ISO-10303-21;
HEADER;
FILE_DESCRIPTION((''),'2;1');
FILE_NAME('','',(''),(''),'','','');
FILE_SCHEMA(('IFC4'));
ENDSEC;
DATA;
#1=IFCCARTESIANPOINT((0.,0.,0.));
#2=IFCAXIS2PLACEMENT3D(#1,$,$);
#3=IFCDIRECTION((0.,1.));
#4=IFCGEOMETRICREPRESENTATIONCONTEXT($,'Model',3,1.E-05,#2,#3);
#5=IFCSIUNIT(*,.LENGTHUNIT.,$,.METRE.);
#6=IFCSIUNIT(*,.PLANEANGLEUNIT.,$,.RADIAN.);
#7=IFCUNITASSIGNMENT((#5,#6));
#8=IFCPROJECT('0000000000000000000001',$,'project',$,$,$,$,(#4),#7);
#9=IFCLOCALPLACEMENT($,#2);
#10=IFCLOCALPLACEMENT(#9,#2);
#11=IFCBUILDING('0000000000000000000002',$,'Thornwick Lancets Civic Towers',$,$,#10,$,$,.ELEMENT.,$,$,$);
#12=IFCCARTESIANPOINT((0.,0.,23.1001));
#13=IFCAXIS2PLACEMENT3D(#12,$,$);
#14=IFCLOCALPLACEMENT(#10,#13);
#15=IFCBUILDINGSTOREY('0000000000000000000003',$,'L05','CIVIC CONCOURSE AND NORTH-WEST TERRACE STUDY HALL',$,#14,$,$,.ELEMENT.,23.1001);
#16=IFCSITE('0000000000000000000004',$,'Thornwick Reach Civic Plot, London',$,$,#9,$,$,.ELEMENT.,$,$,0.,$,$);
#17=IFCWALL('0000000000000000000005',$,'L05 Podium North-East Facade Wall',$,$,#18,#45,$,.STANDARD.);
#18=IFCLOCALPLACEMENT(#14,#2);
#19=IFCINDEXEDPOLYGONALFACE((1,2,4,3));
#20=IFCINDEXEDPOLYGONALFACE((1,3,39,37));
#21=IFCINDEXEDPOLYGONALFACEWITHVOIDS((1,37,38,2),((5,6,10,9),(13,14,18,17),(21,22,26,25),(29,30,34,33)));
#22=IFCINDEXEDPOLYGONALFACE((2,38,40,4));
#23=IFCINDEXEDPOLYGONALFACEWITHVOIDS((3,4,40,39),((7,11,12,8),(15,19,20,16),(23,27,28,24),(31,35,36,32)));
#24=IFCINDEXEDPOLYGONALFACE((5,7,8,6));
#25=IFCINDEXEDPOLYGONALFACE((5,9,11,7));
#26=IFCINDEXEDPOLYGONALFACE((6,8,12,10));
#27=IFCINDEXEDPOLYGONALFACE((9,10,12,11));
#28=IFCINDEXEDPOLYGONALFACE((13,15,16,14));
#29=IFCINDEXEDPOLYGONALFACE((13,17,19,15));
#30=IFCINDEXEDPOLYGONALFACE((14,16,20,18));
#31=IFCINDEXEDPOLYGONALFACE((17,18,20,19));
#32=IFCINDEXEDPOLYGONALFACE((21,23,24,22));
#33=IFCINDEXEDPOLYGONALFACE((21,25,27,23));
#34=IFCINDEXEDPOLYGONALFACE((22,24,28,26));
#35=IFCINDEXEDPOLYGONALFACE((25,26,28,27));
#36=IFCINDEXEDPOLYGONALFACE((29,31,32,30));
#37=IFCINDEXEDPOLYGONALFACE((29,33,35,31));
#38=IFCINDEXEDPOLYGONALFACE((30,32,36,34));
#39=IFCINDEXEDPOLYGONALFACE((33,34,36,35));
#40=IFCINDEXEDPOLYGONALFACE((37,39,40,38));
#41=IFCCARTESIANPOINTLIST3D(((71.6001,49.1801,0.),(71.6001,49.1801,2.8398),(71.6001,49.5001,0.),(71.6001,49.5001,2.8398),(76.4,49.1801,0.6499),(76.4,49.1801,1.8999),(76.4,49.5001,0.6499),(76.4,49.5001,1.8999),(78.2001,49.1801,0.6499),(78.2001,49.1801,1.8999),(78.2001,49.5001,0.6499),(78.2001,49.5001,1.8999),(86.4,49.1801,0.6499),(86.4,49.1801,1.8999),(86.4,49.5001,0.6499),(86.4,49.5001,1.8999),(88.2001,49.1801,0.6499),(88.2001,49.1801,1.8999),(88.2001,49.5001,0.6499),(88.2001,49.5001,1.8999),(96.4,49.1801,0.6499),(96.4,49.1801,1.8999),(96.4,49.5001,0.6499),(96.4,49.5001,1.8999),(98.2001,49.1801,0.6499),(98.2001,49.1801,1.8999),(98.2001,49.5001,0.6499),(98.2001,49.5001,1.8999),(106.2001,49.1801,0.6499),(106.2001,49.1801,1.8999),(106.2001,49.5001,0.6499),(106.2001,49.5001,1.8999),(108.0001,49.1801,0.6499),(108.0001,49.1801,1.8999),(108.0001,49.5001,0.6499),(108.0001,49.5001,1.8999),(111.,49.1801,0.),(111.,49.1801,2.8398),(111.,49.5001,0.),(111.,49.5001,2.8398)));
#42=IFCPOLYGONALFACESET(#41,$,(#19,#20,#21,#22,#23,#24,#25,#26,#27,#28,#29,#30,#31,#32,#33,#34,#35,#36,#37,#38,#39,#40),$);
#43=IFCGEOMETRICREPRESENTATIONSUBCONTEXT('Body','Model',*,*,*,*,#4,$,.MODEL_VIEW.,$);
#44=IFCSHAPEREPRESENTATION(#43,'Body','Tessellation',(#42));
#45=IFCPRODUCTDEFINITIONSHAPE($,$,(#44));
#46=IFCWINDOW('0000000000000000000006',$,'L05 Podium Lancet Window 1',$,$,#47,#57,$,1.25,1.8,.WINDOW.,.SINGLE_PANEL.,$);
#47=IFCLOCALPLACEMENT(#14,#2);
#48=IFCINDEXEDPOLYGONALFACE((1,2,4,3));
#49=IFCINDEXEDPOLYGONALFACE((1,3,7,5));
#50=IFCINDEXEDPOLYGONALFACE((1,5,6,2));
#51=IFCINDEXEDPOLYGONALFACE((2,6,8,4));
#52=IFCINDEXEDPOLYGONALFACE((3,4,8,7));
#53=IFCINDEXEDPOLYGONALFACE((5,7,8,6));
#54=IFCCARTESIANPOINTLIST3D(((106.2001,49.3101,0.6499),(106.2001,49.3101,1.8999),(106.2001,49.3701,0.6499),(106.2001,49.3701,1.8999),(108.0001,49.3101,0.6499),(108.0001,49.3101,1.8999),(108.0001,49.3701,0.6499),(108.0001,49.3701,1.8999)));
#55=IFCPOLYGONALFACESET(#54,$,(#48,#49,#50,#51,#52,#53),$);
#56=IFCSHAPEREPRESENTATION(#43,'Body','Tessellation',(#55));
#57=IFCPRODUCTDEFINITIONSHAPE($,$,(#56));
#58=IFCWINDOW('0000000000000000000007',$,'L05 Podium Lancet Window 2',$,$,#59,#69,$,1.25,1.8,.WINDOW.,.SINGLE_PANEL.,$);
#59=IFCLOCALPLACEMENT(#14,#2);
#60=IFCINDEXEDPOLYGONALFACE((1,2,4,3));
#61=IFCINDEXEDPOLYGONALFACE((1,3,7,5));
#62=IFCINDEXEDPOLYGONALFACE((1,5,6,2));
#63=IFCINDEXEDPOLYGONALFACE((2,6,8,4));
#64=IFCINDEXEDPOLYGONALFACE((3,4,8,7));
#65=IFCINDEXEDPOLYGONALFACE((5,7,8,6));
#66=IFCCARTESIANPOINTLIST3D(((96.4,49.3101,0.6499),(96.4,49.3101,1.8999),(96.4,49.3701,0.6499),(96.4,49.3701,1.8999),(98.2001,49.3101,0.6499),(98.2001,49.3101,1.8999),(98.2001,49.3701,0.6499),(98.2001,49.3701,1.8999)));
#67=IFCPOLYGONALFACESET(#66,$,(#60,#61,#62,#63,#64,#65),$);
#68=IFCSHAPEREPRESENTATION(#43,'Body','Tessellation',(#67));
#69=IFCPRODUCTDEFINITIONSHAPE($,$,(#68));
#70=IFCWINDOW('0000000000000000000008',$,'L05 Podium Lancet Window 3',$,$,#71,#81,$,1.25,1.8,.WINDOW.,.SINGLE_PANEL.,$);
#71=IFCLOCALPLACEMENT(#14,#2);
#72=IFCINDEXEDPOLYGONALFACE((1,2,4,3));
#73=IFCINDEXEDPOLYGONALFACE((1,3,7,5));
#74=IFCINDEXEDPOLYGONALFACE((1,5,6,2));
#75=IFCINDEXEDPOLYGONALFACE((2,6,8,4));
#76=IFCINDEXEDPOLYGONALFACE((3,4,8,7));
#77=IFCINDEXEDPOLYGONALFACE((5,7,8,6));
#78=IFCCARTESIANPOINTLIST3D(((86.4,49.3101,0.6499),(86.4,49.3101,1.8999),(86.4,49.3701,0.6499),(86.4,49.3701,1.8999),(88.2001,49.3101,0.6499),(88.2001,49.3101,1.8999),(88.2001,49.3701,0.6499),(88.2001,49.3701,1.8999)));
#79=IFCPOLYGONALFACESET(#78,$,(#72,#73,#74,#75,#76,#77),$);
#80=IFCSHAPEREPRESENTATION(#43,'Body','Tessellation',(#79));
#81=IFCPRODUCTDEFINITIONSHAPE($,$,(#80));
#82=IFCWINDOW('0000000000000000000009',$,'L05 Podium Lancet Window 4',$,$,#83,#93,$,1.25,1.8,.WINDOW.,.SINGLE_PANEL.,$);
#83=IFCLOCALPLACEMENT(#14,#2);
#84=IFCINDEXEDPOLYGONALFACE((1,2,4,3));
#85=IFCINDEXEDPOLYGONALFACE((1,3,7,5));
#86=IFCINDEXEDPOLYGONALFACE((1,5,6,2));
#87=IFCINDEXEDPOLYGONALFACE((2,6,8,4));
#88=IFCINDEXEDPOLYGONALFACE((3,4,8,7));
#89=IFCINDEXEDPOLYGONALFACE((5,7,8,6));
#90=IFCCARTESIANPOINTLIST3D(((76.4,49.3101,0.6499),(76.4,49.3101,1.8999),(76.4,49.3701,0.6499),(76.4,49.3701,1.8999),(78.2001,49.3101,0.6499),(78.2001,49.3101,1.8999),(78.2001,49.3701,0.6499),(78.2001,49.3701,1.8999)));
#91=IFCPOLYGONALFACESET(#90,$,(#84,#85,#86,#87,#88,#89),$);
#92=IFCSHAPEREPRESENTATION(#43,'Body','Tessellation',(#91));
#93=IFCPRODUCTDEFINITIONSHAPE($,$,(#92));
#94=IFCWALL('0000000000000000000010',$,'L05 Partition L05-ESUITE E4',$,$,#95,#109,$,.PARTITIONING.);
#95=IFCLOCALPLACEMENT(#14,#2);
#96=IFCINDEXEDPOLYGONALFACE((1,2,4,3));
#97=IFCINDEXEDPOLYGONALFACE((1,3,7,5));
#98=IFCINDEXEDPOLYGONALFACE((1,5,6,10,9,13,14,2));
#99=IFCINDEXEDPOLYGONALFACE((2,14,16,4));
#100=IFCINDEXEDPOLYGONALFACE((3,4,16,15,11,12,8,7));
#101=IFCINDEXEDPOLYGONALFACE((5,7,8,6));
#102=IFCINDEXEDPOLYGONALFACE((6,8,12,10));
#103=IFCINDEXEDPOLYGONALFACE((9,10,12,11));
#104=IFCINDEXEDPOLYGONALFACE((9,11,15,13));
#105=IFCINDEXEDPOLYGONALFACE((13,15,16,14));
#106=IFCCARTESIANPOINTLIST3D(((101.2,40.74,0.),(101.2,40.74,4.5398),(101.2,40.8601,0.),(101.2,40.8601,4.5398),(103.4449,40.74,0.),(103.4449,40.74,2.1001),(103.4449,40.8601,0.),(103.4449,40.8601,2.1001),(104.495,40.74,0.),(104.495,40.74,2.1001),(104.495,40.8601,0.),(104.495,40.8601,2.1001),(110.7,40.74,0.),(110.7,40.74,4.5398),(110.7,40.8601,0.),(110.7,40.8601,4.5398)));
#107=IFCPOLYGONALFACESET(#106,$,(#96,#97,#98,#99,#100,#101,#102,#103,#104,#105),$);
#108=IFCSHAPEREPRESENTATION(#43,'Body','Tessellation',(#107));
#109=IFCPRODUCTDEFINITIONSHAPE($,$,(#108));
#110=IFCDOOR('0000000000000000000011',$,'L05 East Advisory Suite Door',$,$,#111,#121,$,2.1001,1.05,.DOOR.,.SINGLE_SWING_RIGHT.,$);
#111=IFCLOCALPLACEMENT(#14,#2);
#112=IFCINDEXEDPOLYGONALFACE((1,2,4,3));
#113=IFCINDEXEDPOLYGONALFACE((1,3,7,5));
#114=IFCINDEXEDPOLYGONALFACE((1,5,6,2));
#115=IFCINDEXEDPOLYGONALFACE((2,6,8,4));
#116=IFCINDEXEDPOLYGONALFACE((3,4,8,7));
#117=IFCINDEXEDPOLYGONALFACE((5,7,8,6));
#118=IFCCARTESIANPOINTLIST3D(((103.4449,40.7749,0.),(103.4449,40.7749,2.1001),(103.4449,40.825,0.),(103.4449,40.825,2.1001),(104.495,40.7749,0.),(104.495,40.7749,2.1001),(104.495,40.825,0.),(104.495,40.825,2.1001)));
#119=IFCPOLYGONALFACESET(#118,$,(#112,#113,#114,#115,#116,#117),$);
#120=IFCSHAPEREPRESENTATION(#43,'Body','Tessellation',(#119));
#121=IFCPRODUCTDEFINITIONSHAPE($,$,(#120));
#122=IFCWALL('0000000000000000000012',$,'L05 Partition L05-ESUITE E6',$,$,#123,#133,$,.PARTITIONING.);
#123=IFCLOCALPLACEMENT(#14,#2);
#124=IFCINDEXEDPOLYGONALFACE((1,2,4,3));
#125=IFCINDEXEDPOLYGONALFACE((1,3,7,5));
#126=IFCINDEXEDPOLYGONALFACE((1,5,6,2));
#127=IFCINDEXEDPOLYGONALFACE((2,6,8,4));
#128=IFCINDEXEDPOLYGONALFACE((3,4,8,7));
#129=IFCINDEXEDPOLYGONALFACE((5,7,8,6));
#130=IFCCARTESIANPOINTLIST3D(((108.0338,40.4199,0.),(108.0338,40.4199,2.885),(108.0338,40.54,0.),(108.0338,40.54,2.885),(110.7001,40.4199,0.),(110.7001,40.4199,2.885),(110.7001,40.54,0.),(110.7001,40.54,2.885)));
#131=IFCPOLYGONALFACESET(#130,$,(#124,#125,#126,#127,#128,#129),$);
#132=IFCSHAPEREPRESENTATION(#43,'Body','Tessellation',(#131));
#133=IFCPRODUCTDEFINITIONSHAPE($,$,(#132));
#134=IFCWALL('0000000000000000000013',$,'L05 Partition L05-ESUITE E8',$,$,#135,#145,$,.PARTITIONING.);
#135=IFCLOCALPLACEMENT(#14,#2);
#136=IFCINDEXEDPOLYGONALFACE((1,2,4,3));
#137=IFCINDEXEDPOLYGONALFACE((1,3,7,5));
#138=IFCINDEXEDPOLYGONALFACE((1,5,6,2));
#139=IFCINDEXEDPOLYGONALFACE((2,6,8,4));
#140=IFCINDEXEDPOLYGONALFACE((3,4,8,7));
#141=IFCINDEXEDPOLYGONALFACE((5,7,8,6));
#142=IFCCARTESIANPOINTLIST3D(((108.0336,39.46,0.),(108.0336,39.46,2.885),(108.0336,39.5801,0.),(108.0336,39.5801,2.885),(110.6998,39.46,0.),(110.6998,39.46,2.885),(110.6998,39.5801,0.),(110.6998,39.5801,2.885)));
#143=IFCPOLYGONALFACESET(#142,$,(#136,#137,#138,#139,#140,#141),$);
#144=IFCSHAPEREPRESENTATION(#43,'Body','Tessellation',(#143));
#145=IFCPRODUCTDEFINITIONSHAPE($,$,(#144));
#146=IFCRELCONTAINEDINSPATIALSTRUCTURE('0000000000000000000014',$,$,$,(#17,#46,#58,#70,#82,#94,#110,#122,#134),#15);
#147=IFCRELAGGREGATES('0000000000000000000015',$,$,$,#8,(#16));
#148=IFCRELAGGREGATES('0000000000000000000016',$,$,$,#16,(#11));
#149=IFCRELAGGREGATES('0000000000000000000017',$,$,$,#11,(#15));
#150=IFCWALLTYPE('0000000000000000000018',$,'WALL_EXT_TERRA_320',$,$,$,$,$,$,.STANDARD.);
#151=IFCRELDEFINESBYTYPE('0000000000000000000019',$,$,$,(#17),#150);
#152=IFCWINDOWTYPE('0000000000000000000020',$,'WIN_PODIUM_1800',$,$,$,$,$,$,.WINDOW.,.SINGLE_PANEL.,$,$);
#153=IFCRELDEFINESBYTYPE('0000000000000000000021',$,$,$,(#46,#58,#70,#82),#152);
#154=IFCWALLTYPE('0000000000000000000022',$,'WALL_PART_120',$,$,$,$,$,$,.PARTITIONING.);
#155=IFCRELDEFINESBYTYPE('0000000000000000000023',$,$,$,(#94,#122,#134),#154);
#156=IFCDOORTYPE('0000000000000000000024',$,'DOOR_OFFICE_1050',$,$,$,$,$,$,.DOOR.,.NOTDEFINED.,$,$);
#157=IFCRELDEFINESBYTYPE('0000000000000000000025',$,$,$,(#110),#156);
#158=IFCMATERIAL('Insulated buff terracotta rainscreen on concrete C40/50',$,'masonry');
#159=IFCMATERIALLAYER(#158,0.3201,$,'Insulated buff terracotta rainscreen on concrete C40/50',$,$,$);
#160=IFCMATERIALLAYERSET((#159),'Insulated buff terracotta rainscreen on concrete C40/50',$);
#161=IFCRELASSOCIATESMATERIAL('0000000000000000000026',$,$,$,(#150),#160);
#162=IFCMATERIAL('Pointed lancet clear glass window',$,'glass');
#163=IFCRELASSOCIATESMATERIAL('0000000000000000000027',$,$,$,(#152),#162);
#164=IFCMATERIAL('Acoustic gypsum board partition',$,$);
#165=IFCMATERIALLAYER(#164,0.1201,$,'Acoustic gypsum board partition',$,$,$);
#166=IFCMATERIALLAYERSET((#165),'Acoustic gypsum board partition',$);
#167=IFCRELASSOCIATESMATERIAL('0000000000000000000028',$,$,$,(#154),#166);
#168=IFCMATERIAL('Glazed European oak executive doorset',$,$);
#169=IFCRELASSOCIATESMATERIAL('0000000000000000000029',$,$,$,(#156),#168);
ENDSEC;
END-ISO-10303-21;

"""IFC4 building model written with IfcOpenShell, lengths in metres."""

from ifc_helpers import new_model, si_unit, direction, frame, frame_2d, origin, place, context, subcontext, project, spatial, rectangle, extrude, material, layer, layer_set, type_object, element, fill, save


model = new_model("IFC4")

# Units and contexts
model_context = context("Model", 3, precision=1e-05, world=origin(), true_north=direction((0.0, 1.0)))
body_context = subcontext(model_context, "Body", "Model", "MODEL_VIEW")
ifc_project = project(units=[si_unit("LENGTHUNIT", "METRE"), si_unit("PLANEANGLEUNIT", "RADIAN")], contexts=[model_context])

# Site, building, storey
site_placement = place(None, origin())
site = spatial("IfcSite", under=ifc_project, at=site_placement, Name="Thornwick Reach Civic Plot, London", CompositionType="ELEMENT", RefElevation=0.0)
building_placement = place(site_placement, origin())
building = spatial("IfcBuilding", under=site, at=building_placement, Name="Thornwick Lancets Civic Towers", CompositionType="ELEMENT")
storey_placement = place(building_placement, frame((0.0, 0.0, 23.1001)))
storey = spatial("IfcBuildingStorey", under=building, at=storey_placement, Name="L05", Description="CIVIC CONCOURSE AND NORTH-WEST TERRACE STUDY HALL", CompositionType="ELEMENT", Elevation=23.1001)

# Wall, openings, windows
ifc_material_1 = material(Name="Insulated buff terracotta rainscreen on concrete C40/50", Category="masonry")
ifc_layer_1 = layer(ifc_material_1, 0.3201, Name="Insulated buff terracotta rainscreen on concrete C40/50")
ifc_layer_set_1 = layer_set([ifc_layer_1], Name="Insulated buff terracotta rainscreen on concrete C40/50")
wall_type_1 = type_object("IfcWallType", Name="WALL_EXT_TERRA_320", PredefinedType="STANDARD", material=ifc_layer_set_1)
wall_1_placement = place(storey_placement, frame((111.0, 49.3401, 0.0), z_axis=(0.0, 0.0, 1.0), x_axis=(-1.0, 0.0, 0.0)))
wall_1 = element("IfcWall", 1, at=wall_1_placement, inside=storey, type_object=wall_type_1, Name="L05 Podium North-East Facade Wall", PredefinedType="STANDARD", context=body_context, shape_type="SweptSolid", body=[
    extrude(rectangle(XDim=39.3999, YDim=0.3201, at=frame_2d((19.7, 0.0))), origin(), (0.0, 0.0, 1.0), 2.8398),
])
opening_1_placement = place(wall_1_placement, frame((3.0, 0.0, 0.6499)))
opening_1 = element("IfcOpeningElement", 2, at=opening_1_placement, cuts=wall_1, PredefinedType="OPENING", context=body_context, shape_type="SweptSolid", body=[
    extrude(rectangle(XDim=1.8, YDim=1.25, at=frame_2d((0.8999, 0.625))), frame((0.0, 0.1699, 0.0), z_axis=(0.0, -1.0, 0.0), x_axis=(1.0, 0.0, 0.0)), (0.0, 0.0, 1.0), 0.3401),
])
opening_2_placement = place(wall_1_placement, frame((12.8, 0.0, 0.6499)))
opening_2 = element("IfcOpeningElement", 3, at=opening_2_placement, cuts=wall_1, PredefinedType="OPENING", context=body_context, shape_type="SweptSolid", body=[
    extrude(rectangle(XDim=1.8, YDim=1.25, at=frame_2d((0.8999, 0.625))), frame((0.0, 0.1699, 0.0), z_axis=(0.0, -1.0, 0.0), x_axis=(1.0, 0.0, 0.0)), (0.0, 0.0, 1.0), 0.3401),
])
opening_3_placement = place(wall_1_placement, frame((22.8, 0.0, 0.6499)))
opening_3 = element("IfcOpeningElement", 4, at=opening_3_placement, cuts=wall_1, PredefinedType="OPENING", context=body_context, shape_type="SweptSolid", body=[
    extrude(rectangle(XDim=1.8, YDim=1.25, at=frame_2d((0.8999, 0.625))), frame((0.0, 0.1699, 0.0), z_axis=(0.0, -1.0, 0.0), x_axis=(1.0, 0.0, 0.0)), (0.0, 0.0, 1.0), 0.3401),
])
opening_4_placement = place(wall_1_placement, frame((32.8, 0.0, 0.6499)))
opening_4 = element("IfcOpeningElement", 5, at=opening_4_placement, cuts=wall_1, PredefinedType="OPENING", context=body_context, shape_type="SweptSolid", body=[
    extrude(rectangle(XDim=1.8, YDim=1.25, at=frame_2d((0.8999, 0.625))), frame((0.0, 0.1699, 0.0), z_axis=(0.0, -1.0, 0.0), x_axis=(1.0, 0.0, 0.0)), (0.0, 0.0, 1.0), 0.3401),
])
ifc_material_2 = material(Name="Pointed lancet clear glass window", Category="glass")
window_type = type_object("IfcWindowType", Name="WIN_PODIUM_1800", PartitioningType="SINGLE_PANEL", PredefinedType="WINDOW", material=ifc_material_2)
window_1_placement = place(opening_1_placement, origin())
window_1 = element("IfcWindow", 6, at=window_1_placement, inside=storey, type_object=window_type, Name="L05 Podium Lancet Window 1", OverallHeight=1.25, OverallWidth=1.8, PartitioningType="SINGLE_PANEL", PredefinedType="WINDOW", context=body_context, shape_type="SweptSolid", body=[
    extrude(rectangle(XDim=1.8, YDim=1.25, at=frame_2d((0.8999, 0.625))), frame((0.0, 0.03, 0.0), z_axis=(0.0, -1.0, 0.0), x_axis=(1.0, 0.0, 0.0)), (0.0, 0.0, 1.0), 0.0601),
])
fill(opening_1, window_1)
window_2_placement = place(opening_2_placement, origin())
window_2 = element("IfcWindow", 7, at=window_2_placement, inside=storey, type_object=window_type, Name="L05 Podium Lancet Window 2", OverallHeight=1.25, OverallWidth=1.8, PartitioningType="SINGLE_PANEL", PredefinedType="WINDOW", context=body_context, shape_type="SweptSolid", body=[
    extrude(rectangle(XDim=1.8, YDim=1.25, at=frame_2d((0.8999, 0.625))), frame((0.0, 0.03, 0.0), z_axis=(0.0, -1.0, 0.0), x_axis=(1.0, 0.0, 0.0)), (0.0, 0.0, 1.0), 0.0601),
])
fill(opening_2, window_2)
window_3_placement = place(opening_3_placement, origin())
window_3 = element("IfcWindow", 8, at=window_3_placement, inside=storey, type_object=window_type, Name="L05 Podium Lancet Window 3", OverallHeight=1.25, OverallWidth=1.8, PartitioningType="SINGLE_PANEL", PredefinedType="WINDOW", context=body_context, shape_type="SweptSolid", body=[
    extrude(rectangle(XDim=1.8, YDim=1.25, at=frame_2d((0.8999, 0.625))), frame((0.0, 0.03, 0.0), z_axis=(0.0, -1.0, 0.0), x_axis=(1.0, 0.0, 0.0)), (0.0, 0.0, 1.0), 0.0601),
])
fill(opening_3, window_3)
window_4_placement = place(opening_4_placement, origin())
window_4 = element("IfcWindow", 9, at=window_4_placement, inside=storey, type_object=window_type, Name="L05 Podium Lancet Window 4", OverallHeight=1.25, OverallWidth=1.8, PartitioningType="SINGLE_PANEL", PredefinedType="WINDOW", context=body_context, shape_type="SweptSolid", body=[
    extrude(rectangle(XDim=1.8, YDim=1.25, at=frame_2d((0.8999, 0.625))), frame((0.0, 0.03, 0.0), z_axis=(0.0, -1.0, 0.0), x_axis=(1.0, 0.0, 0.0)), (0.0, 0.0, 1.0), 0.0601),
])
fill(opening_4, window_4)

# Wall, opening, door
ifc_material_3 = material(Name="Acoustic gypsum board partition")
ifc_layer_2 = layer(ifc_material_3, 0.1201, Name="Acoustic gypsum board partition")
ifc_layer_set_2 = layer_set([ifc_layer_2], Name="Acoustic gypsum board partition")
wall_type_2 = type_object("IfcWallType", Name="WALL_PART_120", PredefinedType="PARTITIONING", material=ifc_layer_set_2)
wall_2_placement = place(storey_placement, frame((101.2, 40.8, 0.0), z_axis=(0.0, 0.0, 1.0), x_axis=(1.0, 0.0, 0.0)))
wall_2 = element("IfcWall", 10, at=wall_2_placement, inside=storey, type_object=wall_type_2, Name="L05 Partition L05-ESUITE E4", PredefinedType="PARTITIONING", context=body_context, shape_type="SweptSolid", body=[
    extrude(rectangle(XDim=9.5, YDim=0.1201, at=frame_2d((4.75, 0.0))), origin(), (0.0, 0.0, 1.0), 4.5398),
])
opening_5_placement = place(wall_2_placement, frame((2.2451, 0.0, 0.0)))
opening_5 = element("IfcOpeningElement", 11, at=opening_5_placement, cuts=wall_2, PredefinedType="OPENING", context=body_context, shape_type="SweptSolid", body=[
    extrude(rectangle(XDim=1.05, YDim=2.1001, at=frame_2d((0.5249, 1.05))), frame((0.0, 0.0701, 0.0), z_axis=(0.0, -1.0, 0.0), x_axis=(1.0, 0.0, 0.0)), (0.0, 0.0, 1.0), 0.1401),
])
ifc_material_4 = material(Name="Glazed European oak executive doorset")
door_type_1 = type_object("IfcDoorType", Name="DOOR_OFFICE_1050", OperationType="NOTDEFINED", PredefinedType="DOOR", material=ifc_material_4)
door_1_placement = place(opening_5_placement, origin())
door_1 = element("IfcDoor", 12, at=door_1_placement, inside=storey, type_object=door_type_1, Name="L05 East Advisory Suite Door", OperationType="SINGLE_SWING_RIGHT", OverallHeight=2.1001, OverallWidth=1.05, PredefinedType="DOOR", context=body_context, shape_type="SweptSolid", body=[
    extrude(rectangle(XDim=1.05, YDim=2.1001, at=frame_2d((0.5249, 1.05))), frame((0.0, 0.0249, 0.0), z_axis=(0.0, -1.0, 0.0), x_axis=(1.0, 0.0, 0.0)), (0.0, 0.0, 1.0), 0.05),
])
fill(opening_5, door_1)

# Walls
for number, where, z_axis, x_axis, name in (
    (13, (110.7, 40.48, 0.0), (0.0, 0.0, 1.0), (-1.0, 0.0, 0.0), "L05 Partition L05-ESUITE E6"),
    (14, (108.0337, 39.52, 0.0), (0.0, 0.0, 1.0), (1.0, 0.0, 0.0), "L05 Partition L05-ESUITE E8"),
):
    element("IfcWall", number, at=place(storey_placement, frame(where, z_axis=z_axis, x_axis=x_axis)), inside=storey, type_object=wall_type_2, Name=name, PredefinedType="PARTITIONING", context=body_context, shape_type="SweptSolid", body=[
        extrude(rectangle(XDim=2.6663, YDim=0.1201, at=frame_2d((1.333, 0.0))), origin(), (0.0, 0.0, 1.0), 2.885),
    ])

save(model, "model.ifc")
